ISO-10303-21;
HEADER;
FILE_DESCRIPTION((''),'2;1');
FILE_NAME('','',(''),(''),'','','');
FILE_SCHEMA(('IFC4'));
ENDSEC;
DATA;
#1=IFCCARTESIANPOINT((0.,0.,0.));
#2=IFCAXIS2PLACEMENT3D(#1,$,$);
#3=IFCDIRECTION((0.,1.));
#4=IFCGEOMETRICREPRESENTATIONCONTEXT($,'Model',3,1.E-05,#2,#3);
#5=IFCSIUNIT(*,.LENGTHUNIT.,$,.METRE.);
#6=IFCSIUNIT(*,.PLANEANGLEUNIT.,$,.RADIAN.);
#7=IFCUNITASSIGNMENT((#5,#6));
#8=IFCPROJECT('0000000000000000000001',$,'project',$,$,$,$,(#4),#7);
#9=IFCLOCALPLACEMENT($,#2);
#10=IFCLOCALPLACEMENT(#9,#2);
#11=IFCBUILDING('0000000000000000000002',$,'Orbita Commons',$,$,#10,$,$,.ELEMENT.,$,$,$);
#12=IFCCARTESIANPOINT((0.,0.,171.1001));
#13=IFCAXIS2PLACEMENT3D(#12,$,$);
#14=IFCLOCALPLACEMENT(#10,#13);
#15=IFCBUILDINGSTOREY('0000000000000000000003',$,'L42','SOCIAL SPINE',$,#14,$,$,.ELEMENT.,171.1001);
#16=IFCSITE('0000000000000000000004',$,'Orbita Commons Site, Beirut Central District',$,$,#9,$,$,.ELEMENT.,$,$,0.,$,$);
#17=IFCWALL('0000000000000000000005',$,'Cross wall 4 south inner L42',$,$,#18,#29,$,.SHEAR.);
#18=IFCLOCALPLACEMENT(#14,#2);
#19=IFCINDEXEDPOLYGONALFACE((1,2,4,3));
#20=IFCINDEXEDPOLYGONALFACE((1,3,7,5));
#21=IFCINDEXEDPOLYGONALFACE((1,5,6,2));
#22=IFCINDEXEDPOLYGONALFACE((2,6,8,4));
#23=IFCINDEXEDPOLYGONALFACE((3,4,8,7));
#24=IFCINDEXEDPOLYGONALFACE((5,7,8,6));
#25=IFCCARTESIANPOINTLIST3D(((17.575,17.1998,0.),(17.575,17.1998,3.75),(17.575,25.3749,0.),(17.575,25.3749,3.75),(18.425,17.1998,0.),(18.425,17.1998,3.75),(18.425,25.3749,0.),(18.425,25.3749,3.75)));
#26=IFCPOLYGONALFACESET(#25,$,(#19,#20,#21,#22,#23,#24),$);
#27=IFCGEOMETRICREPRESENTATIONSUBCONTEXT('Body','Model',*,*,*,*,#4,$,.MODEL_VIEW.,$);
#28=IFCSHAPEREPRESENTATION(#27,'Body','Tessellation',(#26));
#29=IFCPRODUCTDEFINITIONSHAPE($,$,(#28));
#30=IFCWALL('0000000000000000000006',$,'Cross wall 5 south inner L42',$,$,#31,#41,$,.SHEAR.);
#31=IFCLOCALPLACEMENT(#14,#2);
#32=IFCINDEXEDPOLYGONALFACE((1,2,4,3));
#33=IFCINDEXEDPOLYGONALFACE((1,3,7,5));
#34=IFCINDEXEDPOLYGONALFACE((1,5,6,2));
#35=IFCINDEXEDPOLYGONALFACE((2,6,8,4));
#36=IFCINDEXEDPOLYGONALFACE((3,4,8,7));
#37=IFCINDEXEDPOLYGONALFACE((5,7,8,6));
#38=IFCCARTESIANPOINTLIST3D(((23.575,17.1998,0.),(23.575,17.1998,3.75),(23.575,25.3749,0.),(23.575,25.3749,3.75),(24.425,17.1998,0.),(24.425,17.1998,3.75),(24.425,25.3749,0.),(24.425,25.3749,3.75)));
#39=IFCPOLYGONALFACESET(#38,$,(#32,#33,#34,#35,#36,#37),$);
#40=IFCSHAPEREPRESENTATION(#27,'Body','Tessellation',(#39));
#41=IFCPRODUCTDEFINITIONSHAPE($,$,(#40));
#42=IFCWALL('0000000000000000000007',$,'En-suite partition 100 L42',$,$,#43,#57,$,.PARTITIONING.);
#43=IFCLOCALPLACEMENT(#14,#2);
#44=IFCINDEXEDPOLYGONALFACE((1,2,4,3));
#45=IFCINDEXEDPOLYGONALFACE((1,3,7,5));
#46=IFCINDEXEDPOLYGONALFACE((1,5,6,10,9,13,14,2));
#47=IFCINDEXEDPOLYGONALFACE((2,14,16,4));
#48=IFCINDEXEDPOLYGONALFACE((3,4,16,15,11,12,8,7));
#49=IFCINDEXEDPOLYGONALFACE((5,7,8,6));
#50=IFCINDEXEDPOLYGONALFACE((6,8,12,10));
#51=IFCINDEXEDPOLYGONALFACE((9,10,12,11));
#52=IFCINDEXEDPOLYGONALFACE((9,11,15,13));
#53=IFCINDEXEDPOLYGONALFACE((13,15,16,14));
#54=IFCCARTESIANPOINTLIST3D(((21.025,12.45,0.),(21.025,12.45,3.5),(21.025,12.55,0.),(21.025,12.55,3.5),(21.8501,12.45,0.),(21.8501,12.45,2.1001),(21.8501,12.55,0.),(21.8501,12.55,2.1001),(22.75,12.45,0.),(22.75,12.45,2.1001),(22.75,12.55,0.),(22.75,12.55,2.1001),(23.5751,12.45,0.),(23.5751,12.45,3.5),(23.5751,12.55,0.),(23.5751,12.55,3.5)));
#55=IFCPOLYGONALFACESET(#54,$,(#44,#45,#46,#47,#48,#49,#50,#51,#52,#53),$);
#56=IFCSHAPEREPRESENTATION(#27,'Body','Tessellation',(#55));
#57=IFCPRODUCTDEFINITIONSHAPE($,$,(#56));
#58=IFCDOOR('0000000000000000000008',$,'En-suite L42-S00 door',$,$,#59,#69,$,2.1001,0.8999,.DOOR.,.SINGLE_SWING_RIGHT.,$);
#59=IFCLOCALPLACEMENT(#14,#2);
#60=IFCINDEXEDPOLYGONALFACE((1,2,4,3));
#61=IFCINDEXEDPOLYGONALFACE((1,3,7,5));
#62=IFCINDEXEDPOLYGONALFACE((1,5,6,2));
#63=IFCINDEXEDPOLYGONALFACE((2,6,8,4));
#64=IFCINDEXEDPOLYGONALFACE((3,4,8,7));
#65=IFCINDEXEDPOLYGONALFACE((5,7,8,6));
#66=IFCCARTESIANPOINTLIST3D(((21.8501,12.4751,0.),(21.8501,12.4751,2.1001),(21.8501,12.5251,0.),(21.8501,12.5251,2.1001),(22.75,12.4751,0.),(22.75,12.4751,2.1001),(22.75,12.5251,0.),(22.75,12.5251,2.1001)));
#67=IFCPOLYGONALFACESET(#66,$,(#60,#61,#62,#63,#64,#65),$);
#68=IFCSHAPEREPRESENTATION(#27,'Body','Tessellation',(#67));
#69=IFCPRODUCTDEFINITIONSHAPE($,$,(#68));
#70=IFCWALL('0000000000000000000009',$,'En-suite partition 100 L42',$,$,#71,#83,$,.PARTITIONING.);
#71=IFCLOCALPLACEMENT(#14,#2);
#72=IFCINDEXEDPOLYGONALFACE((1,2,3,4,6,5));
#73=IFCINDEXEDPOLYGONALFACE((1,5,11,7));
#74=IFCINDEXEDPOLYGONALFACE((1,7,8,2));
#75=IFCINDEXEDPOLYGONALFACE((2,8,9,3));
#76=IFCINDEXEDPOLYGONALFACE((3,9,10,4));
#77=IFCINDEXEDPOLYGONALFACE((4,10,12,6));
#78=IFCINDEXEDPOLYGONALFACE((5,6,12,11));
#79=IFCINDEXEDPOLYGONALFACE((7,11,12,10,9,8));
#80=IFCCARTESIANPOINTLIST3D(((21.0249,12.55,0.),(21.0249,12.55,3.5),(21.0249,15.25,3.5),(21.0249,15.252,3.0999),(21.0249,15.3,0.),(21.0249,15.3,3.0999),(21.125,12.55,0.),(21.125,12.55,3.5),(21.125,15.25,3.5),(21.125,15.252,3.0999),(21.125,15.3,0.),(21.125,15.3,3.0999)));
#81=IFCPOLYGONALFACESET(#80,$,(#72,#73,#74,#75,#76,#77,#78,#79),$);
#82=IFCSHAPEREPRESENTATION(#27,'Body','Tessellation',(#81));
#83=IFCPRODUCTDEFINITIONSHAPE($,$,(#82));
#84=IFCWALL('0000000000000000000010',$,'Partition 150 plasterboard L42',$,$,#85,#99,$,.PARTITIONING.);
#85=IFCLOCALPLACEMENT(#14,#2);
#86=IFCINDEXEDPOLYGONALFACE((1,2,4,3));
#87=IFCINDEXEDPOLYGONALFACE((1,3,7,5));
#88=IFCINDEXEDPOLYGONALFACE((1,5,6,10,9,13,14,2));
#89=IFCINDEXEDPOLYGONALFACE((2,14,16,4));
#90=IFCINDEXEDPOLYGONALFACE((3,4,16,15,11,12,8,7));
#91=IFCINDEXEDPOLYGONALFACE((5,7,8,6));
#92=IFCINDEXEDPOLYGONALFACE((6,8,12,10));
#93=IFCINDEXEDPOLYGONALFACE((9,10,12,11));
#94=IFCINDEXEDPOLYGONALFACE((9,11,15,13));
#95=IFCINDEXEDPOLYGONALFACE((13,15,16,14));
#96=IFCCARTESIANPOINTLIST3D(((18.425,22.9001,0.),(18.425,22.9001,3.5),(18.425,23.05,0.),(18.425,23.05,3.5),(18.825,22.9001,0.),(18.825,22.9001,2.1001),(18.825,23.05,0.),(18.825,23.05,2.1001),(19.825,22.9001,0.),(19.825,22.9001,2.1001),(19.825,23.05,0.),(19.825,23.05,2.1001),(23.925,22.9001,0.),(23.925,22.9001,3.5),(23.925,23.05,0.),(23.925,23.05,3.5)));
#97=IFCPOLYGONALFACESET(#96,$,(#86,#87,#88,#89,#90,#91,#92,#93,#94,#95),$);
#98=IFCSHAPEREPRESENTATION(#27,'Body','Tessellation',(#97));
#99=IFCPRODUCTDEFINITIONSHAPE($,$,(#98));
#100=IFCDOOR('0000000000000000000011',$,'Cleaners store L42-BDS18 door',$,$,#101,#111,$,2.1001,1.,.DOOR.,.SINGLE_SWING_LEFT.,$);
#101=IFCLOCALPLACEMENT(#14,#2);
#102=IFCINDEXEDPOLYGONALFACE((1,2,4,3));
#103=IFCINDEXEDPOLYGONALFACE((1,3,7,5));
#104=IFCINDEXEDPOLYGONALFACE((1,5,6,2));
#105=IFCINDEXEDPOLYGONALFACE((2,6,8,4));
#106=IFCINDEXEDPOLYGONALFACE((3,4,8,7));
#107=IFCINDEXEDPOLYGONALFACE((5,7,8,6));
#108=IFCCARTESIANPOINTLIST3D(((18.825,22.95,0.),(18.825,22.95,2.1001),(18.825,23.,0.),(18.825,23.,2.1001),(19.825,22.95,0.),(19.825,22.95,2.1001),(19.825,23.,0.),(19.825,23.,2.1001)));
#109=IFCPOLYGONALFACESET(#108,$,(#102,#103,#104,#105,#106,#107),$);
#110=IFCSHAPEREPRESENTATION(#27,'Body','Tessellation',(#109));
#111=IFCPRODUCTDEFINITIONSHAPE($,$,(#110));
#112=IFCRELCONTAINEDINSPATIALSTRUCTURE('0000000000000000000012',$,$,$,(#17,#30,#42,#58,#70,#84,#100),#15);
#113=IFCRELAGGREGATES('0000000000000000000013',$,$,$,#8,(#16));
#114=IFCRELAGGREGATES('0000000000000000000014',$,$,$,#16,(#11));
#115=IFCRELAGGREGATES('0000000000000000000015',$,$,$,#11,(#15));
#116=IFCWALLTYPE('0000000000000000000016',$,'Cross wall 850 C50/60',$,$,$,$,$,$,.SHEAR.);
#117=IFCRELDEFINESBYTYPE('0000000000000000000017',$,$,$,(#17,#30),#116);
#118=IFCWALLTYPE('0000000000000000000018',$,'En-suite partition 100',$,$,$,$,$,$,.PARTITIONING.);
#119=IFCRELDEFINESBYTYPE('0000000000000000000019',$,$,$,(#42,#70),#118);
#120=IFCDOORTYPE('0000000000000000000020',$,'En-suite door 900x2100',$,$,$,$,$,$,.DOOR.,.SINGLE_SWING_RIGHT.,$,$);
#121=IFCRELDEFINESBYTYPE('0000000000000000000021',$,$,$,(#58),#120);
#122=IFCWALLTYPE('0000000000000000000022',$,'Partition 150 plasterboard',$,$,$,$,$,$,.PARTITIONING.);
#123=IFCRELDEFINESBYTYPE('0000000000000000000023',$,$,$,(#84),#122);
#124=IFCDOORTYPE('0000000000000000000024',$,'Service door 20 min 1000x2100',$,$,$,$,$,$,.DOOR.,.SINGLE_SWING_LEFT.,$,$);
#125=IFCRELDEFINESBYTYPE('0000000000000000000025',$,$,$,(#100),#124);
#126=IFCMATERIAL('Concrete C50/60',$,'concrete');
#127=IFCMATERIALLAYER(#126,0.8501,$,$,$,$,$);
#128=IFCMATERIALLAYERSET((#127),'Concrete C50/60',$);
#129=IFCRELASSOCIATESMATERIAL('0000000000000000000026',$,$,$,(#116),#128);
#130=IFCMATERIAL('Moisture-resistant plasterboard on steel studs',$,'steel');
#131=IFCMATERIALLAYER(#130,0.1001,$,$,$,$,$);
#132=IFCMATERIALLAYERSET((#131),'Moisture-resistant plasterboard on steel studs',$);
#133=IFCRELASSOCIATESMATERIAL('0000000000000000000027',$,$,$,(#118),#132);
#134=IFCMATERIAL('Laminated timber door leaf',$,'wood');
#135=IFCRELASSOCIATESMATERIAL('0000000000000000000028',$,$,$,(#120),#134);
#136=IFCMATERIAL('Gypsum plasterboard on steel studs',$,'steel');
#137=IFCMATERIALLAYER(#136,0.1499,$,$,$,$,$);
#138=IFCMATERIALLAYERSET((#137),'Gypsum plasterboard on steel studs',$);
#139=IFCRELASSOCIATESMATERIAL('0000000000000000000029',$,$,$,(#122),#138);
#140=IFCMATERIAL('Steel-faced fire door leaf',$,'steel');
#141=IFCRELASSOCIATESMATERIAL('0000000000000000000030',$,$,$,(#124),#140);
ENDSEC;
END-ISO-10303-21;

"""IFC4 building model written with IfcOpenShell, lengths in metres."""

from ifc_helpers import new_model, si_unit, direction, frame, frame_2d, origin, place, context, subcontext, project, spatial, polyline, rectangle, outline, extrude, material, layer, layer_set, type_object, element, fill, save


model = new_model("IFC4")

# Units and contexts
model_context = context("Model", 3, precision=1e-05, world=origin(), true_north=direction((0.0, 1.0)))
body_context = subcontext(model_context, "Body", "Model", "MODEL_VIEW")
ifc_project = project(units=[si_unit("LENGTHUNIT", "METRE"), si_unit("PLANEANGLEUNIT", "RADIAN")], contexts=[model_context])

# Site, building, storey
site_placement = place(None, origin())
site = spatial("IfcSite", under=ifc_project, at=site_placement, Name="Orbita Commons Site, Beirut Central District", CompositionType="ELEMENT", RefElevation=0.0)
building_placement = place(site_placement, origin())
building = spatial("IfcBuilding", under=site, at=building_placement, Name="Orbita Commons", CompositionType="ELEMENT")
storey_placement = place(building_placement, frame((0.0, 0.0, 171.1001)))
storey = spatial("IfcBuildingStorey", under=building, at=storey_placement, Name="L42", Description="SOCIAL SPINE", CompositionType="ELEMENT", Elevation=171.1001)

# Walls
ifc_material_1 = material(Name="Concrete C50/60", Category="concrete")
ifc_layer_1 = layer(ifc_material_1, 0.8501)
ifc_layer_set_1 = layer_set([ifc_layer_1], Name="Concrete C50/60")
wall_type_1 = type_object("IfcWallType", Name="Cross wall 850 C50/60", PredefinedType="SHEAR", material=ifc_layer_set_1)
for number, where, z_axis, x_axis, name in (
    (1, (18.0, 17.2, 0.0), (0.0, 0.0, 1.0), (0.0, 1.0, 0.0), "Cross wall 4 south inner L42"),
    (2, (24.0, 17.2, 0.0), (0.0, 0.0, 1.0), (0.0, 1.0, 0.0), "Cross wall 5 south inner L42"),
):
    element("IfcWall", number, at=place(storey_placement, frame(where, z_axis=z_axis, x_axis=x_axis)), inside=storey, type_object=wall_type_1, Name=name, PredefinedType="SHEAR", context=body_context, shape_type="SweptSolid", body=[
        extrude(rectangle(XDim=8.175, YDim=0.8501, at=frame_2d((4.0874, 0.0))), origin(), (0.0, 0.0, 1.0), 3.75),
    ])

# Wall, opening, door
ifc_material_2 = material(Name="Moisture-resistant plasterboard on steel studs", Category="steel")
ifc_layer_2 = layer(ifc_material_2, 0.1001)
ifc_layer_set_2 = layer_set([ifc_layer_2], Name="Moisture-resistant plasterboard on steel studs")
wall_type_2 = type_object("IfcWallType", Name="En-suite partition 100", PredefinedType="PARTITIONING", material=ifc_layer_set_2)
wall_1_placement = place(storey_placement, frame((23.575, 12.5, 0.0), z_axis=(0.0, 0.0, 1.0), x_axis=(-1.0, 0.0, 0.0)))
wall_1 = element("IfcWall", 3, at=wall_1_placement, inside=storey, type_object=wall_type_2, Name="En-suite partition 100 L42", PredefinedType="PARTITIONING", context=body_context, shape_type="SweptSolid", body=[
    extrude(rectangle(XDim=2.55, YDim=0.1001, at=frame_2d((1.2749, 0.0))), origin(), (0.0, 0.0, 1.0), 3.5),
])
opening_1_placement = place(wall_1_placement, frame((0.825, 0.0, 0.0)))
opening_1 = element("IfcOpeningElement", 4, at=opening_1_placement, cuts=wall_1, PredefinedType="OPENING", context=body_context, shape_type="SweptSolid", body=[
    extrude(rectangle(XDim=0.8999, YDim=2.1001, at=frame_2d((0.45, 1.05))), frame((0.0, 0.0601, 0.0), z_axis=(0.0, -1.0, 0.0), x_axis=(1.0, 0.0, 0.0)), (0.0, 0.0, 1.0), 0.1201),
])
ifc_material_3 = material(Name="Laminated timber door leaf", Category="wood")
door_type_1 = type_object("IfcDoorType", Name="En-suite door 900x2100", OperationType="SINGLE_SWING_RIGHT", PredefinedType="DOOR", material=ifc_material_3)
door_1_placement = place(opening_1_placement, origin())
door_1 = element("IfcDoor", 5, at=door_1_placement, inside=storey, type_object=door_type_1, Name="En-suite L42-S00 door", OperationType="SINGLE_SWING_RIGHT", OverallHeight=2.1001, OverallWidth=0.8999, PredefinedType="DOOR", context=body_context, shape_type="SweptSolid", body=[
    extrude(rectangle(XDim=0.8999, YDim=2.1001, at=frame_2d((0.45, 1.05))), frame((0.0, 0.0249, 0.0), z_axis=(0.0, -1.0, 0.0), x_axis=(1.0, 0.0, 0.0)), (0.0, 0.0, 1.0), 0.05),
])
fill(opening_1, door_1)

# Wall
wall_2_placement = place(storey_placement, frame((21.075, 12.55, 0.0), z_axis=(0.0, 0.0, 1.0), x_axis=(0.0, 1.0, 0.0)))
element("IfcWall", 6, at=wall_2_placement, inside=storey, type_object=wall_type_2, Name="En-suite partition 100 L42", PredefinedType="PARTITIONING", context=body_context, shape_type="SweptSolid", body=[
    extrude(outline(polyline([(0.0, 0.0), (2.75, 0.0), (2.75, 3.0999), (2.7019, 3.0999), (2.7, 3.5), (0.0, 3.5), (0.0, 0.0)])), frame((0.0, 0.05, 0.0), z_axis=(0.0, -1.0, 0.0), x_axis=(1.0, 0.0, 0.0)), (0.0, 0.0, 1.0), 0.1001),
])

# Wall, opening, door
ifc_material_4 = material(Name="Gypsum plasterboard on steel studs", Category="steel")
ifc_layer_3 = layer(ifc_material_4, 0.1499)
ifc_layer_set_3 = layer_set([ifc_layer_3], Name="Gypsum plasterboard on steel studs")
wall_type_3 = type_object("IfcWallType", Name="Partition 150 plasterboard", PredefinedType="PARTITIONING", material=ifc_layer_set_3)
wall_3_placement = place(storey_placement, frame((18.425, 22.9751, 0.0), z_axis=(0.0, 0.0, 1.0), x_axis=(1.0, 0.0, 0.0)))
wall_3 = element("IfcWall", 7, at=wall_3_placement, inside=storey, type_object=wall_type_3, Name="Partition 150 plasterboard L42", PredefinedType="PARTITIONING", context=body_context, shape_type="SweptSolid", body=[
    extrude(rectangle(XDim=5.5, YDim=0.1499, at=frame_2d((2.75, 0.0))), origin(), (0.0, 0.0, 1.0), 3.5),
])
opening_2_placement = place(wall_3_placement, frame((0.3999, 0.0, 0.0)))
opening_2 = element("IfcOpeningElement", 8, at=opening_2_placement, cuts=wall_3, PredefinedType="OPENING", context=body_context, shape_type="SweptSolid", body=[
    extrude(rectangle(XDim=1.0, YDim=2.1001, at=frame_2d((0.5, 1.05))), frame((0.0, 0.085, 0.0), z_axis=(0.0, -1.0, 0.0), x_axis=(1.0, 0.0, 0.0)), (0.0, 0.0, 1.0), 0.1699),
])
ifc_material_5 = material(Name="Steel-faced fire door leaf", Category="steel")
door_type_2 = type_object("IfcDoorType", Name="Service door 20 min 1000x2100", OperationType="SINGLE_SWING_LEFT", PredefinedType="DOOR", material=ifc_material_5)
door_2_placement = place(opening_2_placement, origin())
door_2 = element("IfcDoor", 9, at=door_2_placement, inside=storey, type_object=door_type_2, Name="Cleaners store L42-BDS18 door", OperationType="SINGLE_SWING_LEFT", OverallHeight=2.1001, OverallWidth=1.0, PredefinedType="DOOR", context=body_context, shape_type="SweptSolid", body=[
    extrude(rectangle(XDim=1.0, YDim=2.1001, at=frame_2d((0.5, 1.05))), frame((0.0, 0.0249, 0.0), z_axis=(0.0, -1.0, 0.0), x_axis=(1.0, 0.0, 0.0)), (0.0, 0.0, 1.0), 0.05),
])
fill(opening_2, door_2)

save(model, "model.ifc")
